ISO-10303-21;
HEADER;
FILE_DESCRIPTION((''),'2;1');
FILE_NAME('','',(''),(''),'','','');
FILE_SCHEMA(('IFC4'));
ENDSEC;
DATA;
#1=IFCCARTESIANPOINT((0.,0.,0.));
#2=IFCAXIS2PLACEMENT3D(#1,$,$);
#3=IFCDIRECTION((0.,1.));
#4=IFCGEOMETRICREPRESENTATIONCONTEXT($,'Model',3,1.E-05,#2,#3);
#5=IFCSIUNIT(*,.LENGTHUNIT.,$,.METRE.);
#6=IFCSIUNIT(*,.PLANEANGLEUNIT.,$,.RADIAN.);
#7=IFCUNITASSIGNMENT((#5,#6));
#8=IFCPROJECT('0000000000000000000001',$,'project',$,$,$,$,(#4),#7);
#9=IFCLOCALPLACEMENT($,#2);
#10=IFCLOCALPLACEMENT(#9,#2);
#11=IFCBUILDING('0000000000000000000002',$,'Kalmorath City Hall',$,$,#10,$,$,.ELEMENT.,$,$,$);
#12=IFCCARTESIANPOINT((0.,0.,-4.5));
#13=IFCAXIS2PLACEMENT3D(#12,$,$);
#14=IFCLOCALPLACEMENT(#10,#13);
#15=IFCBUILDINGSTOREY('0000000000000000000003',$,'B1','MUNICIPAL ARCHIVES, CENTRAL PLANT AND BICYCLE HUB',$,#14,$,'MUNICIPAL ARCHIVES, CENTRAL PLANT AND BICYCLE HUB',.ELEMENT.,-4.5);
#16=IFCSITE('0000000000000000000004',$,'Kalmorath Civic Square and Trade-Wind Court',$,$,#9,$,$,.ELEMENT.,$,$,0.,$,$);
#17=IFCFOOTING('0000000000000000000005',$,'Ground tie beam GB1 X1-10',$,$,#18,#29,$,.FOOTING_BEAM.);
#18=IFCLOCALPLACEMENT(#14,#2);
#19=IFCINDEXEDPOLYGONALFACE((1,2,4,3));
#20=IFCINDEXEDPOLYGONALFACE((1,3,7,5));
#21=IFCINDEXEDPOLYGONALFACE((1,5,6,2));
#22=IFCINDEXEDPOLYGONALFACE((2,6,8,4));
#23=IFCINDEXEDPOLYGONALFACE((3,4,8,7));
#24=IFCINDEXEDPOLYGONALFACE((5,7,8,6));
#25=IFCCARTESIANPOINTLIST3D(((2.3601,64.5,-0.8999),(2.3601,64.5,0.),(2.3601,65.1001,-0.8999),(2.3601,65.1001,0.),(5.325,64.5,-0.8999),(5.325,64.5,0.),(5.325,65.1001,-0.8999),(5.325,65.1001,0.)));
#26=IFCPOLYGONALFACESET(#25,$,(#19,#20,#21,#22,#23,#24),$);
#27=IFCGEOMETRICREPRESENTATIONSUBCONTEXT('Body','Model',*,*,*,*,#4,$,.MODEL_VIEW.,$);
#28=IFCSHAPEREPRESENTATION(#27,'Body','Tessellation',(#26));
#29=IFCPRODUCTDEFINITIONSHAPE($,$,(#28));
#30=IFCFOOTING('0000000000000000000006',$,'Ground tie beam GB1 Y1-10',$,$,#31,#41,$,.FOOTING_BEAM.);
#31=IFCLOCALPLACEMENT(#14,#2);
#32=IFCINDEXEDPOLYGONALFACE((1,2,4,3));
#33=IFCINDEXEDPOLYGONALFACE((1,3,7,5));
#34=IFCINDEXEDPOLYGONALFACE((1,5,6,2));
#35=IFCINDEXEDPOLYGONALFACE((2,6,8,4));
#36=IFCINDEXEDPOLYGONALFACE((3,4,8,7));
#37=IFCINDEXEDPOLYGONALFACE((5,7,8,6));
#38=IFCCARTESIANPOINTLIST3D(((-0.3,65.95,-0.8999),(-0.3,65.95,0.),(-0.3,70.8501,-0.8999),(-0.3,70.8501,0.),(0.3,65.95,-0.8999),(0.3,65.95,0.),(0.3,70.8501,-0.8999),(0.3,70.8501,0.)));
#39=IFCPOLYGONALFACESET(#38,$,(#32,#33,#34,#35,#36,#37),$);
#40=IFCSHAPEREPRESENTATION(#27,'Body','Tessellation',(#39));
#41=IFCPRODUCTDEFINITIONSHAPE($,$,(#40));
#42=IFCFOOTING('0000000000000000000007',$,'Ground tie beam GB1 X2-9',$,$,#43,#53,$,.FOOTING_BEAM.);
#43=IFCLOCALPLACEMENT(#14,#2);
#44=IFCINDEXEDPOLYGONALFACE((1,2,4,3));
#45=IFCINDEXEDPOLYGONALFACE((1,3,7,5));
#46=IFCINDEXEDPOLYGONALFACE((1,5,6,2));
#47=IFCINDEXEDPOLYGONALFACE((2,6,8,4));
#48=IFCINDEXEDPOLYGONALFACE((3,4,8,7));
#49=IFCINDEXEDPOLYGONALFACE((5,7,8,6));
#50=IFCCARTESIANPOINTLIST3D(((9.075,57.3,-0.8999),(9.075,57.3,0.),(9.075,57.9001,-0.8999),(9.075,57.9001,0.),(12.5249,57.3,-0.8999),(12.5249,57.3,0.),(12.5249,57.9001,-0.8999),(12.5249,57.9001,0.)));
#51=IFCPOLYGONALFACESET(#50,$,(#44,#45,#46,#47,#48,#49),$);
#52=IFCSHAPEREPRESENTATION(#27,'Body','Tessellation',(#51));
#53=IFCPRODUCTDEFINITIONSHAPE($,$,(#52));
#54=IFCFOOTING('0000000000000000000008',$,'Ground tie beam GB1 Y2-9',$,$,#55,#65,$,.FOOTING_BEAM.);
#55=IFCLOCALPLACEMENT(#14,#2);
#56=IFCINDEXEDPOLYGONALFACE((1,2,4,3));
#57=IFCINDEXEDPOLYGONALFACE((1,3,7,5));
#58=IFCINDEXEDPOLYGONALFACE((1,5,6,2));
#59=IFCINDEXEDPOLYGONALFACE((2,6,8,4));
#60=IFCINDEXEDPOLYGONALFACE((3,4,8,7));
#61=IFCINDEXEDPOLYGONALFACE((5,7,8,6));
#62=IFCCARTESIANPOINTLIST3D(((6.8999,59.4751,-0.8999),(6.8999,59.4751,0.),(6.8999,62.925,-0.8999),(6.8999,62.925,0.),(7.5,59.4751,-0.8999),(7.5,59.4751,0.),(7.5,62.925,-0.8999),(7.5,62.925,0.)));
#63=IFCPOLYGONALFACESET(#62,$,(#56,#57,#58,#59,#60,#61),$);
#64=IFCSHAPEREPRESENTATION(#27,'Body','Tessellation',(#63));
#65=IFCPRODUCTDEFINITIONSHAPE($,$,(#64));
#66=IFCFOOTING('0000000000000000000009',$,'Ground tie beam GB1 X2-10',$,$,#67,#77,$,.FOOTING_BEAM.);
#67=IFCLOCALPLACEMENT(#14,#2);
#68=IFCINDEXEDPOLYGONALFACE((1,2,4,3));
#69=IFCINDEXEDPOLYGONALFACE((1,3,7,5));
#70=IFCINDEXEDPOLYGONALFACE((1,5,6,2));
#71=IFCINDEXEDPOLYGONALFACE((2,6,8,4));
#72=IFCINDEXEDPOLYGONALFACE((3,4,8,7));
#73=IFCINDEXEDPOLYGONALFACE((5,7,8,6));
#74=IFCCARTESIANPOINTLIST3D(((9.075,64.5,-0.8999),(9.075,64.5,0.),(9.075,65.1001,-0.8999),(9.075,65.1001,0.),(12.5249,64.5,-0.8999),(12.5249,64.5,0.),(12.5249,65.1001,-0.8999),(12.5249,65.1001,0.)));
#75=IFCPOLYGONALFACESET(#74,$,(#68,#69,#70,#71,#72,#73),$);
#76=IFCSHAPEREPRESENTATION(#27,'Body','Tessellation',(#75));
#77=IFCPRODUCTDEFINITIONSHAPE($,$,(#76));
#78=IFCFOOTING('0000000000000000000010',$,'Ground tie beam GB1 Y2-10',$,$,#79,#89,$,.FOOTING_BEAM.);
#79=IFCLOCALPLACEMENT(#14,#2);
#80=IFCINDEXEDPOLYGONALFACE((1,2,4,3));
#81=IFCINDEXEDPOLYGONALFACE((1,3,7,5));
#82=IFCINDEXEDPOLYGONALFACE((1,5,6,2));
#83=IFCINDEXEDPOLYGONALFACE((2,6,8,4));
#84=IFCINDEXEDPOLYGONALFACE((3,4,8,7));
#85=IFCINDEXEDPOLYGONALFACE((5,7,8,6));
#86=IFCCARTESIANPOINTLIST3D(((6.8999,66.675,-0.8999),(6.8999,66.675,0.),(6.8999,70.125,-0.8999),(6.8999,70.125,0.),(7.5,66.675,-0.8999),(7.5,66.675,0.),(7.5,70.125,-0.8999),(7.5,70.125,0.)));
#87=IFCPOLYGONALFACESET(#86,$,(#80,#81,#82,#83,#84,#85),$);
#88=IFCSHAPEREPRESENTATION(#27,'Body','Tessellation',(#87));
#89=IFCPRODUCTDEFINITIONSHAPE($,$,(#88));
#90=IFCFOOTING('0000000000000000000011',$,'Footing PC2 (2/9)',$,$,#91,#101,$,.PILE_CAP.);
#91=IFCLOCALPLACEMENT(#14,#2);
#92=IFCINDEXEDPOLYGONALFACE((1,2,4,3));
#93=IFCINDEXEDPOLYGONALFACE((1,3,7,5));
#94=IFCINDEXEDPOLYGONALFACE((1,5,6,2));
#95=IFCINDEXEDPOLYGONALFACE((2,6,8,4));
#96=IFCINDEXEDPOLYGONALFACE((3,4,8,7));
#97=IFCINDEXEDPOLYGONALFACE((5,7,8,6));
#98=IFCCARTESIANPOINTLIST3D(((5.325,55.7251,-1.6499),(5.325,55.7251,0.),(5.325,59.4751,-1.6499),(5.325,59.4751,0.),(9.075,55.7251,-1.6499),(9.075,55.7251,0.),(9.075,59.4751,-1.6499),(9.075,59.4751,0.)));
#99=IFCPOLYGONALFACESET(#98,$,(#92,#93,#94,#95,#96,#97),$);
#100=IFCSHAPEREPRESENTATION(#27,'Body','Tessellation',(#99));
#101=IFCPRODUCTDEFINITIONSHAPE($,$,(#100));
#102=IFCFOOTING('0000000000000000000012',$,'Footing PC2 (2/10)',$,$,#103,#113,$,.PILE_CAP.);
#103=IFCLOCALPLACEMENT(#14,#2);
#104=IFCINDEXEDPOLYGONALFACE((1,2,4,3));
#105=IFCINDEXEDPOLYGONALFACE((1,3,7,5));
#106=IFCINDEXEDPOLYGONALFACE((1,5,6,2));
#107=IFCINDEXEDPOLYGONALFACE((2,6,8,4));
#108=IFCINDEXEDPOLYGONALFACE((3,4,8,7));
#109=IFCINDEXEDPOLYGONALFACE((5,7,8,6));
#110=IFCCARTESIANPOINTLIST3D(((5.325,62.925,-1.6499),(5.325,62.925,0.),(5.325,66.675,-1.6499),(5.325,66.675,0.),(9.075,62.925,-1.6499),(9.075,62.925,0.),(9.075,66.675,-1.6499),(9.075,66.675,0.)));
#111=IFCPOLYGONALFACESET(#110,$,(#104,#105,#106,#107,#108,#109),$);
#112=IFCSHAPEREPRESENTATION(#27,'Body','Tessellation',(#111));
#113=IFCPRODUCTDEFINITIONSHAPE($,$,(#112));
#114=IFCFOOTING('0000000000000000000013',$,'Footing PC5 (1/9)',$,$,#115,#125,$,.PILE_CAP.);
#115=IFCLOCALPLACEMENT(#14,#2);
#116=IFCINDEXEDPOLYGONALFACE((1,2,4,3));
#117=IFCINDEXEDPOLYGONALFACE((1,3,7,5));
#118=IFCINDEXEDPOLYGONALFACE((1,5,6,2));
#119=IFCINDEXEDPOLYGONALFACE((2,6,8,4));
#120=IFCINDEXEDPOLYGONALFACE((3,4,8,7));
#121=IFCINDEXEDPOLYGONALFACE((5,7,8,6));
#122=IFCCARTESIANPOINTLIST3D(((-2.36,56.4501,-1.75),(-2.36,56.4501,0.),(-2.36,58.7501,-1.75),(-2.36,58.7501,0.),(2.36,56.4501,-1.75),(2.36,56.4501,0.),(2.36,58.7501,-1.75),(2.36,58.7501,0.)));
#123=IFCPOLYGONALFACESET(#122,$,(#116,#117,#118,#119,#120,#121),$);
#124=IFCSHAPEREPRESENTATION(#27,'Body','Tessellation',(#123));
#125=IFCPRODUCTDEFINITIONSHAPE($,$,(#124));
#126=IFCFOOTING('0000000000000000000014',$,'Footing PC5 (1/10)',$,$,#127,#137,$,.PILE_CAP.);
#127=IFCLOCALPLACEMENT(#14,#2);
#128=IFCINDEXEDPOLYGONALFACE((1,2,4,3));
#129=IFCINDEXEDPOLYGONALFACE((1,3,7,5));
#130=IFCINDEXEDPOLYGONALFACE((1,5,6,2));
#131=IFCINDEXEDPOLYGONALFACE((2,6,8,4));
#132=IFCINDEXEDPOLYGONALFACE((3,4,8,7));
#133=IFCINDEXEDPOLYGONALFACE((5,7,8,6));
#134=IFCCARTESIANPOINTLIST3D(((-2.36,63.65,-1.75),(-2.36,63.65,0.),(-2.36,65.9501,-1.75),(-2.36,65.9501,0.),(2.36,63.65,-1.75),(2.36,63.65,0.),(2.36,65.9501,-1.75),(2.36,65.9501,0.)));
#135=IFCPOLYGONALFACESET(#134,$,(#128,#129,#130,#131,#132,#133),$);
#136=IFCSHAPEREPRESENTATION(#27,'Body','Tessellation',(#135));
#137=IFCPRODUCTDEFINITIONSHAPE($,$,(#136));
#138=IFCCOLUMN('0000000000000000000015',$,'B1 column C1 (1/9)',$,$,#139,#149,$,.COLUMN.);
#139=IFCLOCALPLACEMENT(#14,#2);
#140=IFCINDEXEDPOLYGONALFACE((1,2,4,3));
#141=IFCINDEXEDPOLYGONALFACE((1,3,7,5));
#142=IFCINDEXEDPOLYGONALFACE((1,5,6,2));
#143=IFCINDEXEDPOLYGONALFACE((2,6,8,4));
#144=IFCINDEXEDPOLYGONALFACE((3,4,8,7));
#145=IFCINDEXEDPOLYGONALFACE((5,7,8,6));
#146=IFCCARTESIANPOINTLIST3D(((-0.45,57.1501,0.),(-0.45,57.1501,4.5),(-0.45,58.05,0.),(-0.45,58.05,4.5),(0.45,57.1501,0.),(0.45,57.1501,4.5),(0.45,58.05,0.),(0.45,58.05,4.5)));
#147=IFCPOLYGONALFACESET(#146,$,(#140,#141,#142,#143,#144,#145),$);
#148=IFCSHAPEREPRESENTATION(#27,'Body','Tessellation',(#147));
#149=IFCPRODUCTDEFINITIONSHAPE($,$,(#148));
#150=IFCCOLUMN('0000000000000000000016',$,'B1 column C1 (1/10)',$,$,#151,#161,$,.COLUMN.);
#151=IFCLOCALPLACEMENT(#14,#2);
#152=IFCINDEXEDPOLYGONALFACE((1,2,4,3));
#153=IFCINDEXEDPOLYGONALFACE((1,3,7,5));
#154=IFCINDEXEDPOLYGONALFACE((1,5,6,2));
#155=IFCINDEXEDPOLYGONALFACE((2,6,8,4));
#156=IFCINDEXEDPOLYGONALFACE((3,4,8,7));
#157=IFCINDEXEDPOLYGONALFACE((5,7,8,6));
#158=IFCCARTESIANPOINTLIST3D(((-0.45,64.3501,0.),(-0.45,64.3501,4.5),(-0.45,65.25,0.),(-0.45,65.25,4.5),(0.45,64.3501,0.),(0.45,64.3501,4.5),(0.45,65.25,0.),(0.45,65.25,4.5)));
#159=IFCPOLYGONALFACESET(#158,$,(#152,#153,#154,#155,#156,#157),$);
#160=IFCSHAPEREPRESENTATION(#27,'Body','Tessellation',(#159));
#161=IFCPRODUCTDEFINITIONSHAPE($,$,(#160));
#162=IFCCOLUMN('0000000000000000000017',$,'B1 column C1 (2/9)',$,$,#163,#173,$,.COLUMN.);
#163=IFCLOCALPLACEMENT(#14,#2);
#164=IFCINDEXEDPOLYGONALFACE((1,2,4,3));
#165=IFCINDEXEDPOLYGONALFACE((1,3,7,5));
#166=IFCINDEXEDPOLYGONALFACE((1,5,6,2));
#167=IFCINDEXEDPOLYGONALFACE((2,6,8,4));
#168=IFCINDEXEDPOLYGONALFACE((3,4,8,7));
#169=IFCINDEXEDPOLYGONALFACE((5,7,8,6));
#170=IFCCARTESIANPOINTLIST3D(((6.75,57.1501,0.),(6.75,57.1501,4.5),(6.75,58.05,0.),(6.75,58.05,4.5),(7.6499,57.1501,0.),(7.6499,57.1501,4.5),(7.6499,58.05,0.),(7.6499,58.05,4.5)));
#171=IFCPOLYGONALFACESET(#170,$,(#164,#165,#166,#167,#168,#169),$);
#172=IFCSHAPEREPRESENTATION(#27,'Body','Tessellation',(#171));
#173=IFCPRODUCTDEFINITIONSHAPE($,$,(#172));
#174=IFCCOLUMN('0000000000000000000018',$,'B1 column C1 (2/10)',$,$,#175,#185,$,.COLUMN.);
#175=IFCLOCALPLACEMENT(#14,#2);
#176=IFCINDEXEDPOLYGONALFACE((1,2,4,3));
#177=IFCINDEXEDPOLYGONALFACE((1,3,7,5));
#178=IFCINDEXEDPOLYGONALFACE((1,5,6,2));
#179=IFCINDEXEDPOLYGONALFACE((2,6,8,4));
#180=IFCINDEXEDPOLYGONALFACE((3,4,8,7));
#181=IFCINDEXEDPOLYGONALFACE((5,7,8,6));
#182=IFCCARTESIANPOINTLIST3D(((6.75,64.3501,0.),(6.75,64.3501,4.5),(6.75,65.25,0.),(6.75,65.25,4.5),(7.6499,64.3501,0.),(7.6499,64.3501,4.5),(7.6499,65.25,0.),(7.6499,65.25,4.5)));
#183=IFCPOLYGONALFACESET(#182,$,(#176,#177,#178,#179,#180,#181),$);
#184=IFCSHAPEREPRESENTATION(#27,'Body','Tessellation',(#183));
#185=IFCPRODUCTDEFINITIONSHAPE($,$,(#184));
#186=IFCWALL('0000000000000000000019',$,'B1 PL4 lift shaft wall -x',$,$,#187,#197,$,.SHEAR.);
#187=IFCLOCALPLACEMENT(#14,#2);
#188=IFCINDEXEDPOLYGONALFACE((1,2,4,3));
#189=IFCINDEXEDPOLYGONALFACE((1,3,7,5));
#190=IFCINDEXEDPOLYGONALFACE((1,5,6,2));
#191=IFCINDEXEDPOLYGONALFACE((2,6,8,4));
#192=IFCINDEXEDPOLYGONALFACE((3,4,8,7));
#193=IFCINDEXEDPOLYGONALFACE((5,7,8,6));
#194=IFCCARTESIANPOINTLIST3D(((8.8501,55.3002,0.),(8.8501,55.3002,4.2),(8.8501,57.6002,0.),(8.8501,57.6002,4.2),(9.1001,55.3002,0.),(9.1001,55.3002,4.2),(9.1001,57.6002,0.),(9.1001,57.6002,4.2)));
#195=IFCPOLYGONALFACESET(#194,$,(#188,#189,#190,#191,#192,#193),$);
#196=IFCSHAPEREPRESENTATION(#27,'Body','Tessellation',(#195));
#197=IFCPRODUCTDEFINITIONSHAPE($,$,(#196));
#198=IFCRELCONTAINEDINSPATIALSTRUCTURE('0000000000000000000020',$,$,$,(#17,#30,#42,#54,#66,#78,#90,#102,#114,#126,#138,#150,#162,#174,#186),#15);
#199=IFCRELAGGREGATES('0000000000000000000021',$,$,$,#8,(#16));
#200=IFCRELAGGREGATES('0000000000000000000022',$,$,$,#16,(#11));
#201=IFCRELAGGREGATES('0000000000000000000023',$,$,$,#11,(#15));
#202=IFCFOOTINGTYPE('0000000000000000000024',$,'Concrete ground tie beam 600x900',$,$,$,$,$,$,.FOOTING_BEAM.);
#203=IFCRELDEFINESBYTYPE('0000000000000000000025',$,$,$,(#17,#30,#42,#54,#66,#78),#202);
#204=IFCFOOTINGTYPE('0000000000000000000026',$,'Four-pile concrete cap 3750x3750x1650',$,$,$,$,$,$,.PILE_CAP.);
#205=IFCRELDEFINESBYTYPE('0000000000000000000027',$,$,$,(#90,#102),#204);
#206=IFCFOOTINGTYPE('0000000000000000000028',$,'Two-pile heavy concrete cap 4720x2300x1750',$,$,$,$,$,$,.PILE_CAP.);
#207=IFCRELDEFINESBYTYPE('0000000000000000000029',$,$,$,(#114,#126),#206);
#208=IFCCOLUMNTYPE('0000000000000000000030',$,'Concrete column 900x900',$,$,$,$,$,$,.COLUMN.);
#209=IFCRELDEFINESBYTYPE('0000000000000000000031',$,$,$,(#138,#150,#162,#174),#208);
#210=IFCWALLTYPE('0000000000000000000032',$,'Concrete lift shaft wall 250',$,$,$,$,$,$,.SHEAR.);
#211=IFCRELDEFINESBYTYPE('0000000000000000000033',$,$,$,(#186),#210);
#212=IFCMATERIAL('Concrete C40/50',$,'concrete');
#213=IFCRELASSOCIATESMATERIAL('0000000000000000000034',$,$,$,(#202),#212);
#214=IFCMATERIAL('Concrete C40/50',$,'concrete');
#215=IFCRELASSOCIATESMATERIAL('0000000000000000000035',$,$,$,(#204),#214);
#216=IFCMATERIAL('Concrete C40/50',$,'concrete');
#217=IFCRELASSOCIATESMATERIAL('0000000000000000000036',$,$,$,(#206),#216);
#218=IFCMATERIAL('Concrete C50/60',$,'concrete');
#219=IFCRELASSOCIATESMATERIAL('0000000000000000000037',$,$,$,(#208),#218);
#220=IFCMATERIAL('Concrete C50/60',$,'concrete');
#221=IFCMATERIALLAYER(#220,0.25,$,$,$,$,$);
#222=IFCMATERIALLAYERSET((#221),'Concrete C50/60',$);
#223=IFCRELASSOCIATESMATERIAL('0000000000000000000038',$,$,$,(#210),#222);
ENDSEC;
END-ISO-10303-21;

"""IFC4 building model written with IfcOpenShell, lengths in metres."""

from ifc_helpers import new_model, si_unit, direction, frame, frame_2d, origin, origin_2d, place, context, subcontext, project, spatial, rectangle, extrude, material, layer, layer_set, material_profile, profile_set, type_object, element, save


model = new_model("IFC4")

# Units and contexts
model_context = context("Model", 3, precision=1e-05, world=origin(), true_north=direction((0.0, 1.0)))
body_context = subcontext(model_context, "Body", "Model", "MODEL_VIEW")
ifc_project = project(units=[si_unit("LENGTHUNIT", "METRE"), si_unit("PLANEANGLEUNIT", "RADIAN")], contexts=[model_context])

# Site, building, storey
site_placement = place(None, origin())
site = spatial("IfcSite", under=ifc_project, at=site_placement, Name="Kalmorath Civic Square and Trade-Wind Court", CompositionType="ELEMENT", RefElevation=0.0)
building_placement = place(site_placement, origin())
building = spatial("IfcBuilding", under=site, at=building_placement, Name="Kalmorath City Hall", CompositionType="ELEMENT")
storey_placement = place(building_placement, frame((0.0, 0.0, -4.5)))
storey = spatial("IfcBuildingStorey", under=building, at=storey_placement, Name="B1", Description="MUNICIPAL ARCHIVES, CENTRAL PLANT AND BICYCLE HUB", LongName="MUNICIPAL ARCHIVES, CENTRAL PLANT AND BICYCLE HUB", CompositionType="ELEMENT", Elevation=-4.5)

# Footings
ifc_material_1 = material(Name="Concrete C40/50", Category="concrete")
ifc_material_profile_1 = material_profile(ifc_material_1, rectangle(XDim=0.6001, YDim=0.8999, at=origin_2d()), Name="RC-BM-600X900")
ifc_profile_set_1 = profile_set([ifc_material_profile_1], Name="Concrete C40/50")
footing_type_1 = type_object("IfcFootingType", Name="Concrete ground tie beam 600x900", PredefinedType="FOOTING_BEAM", material=ifc_profile_set_1)
footing_1_placement = place(storey_placement, frame((2.3601, 64.8, -0.45), z_axis=(1.0, 0.0, 0.0), x_axis=(0.0, 1.0, 0.0)))
element("IfcFooting", 1, at=footing_1_placement, inside=storey, type_object=footing_type_1, Name="Ground tie beam GB1 X1-10", PredefinedType="FOOTING_BEAM", context=body_context, shape_type="SweptSolid", body=[
    extrude(rectangle(XDim=0.6001, YDim=0.8999, at=origin_2d()), origin(), (0.0, 0.0, 1.0), 2.9648),
])
footing_2_placement = place(storey_placement, frame((0.0, 65.95, -0.45), z_axis=(0.0, 1.0, 0.0), x_axis=(-1.0, 0.0, 0.0)))
element("IfcFooting", 2, at=footing_2_placement, inside=storey, type_object=footing_type_1, Name="Ground tie beam GB1 Y1-10", PredefinedType="FOOTING_BEAM", context=body_context, shape_type="SweptSolid", body=[
    extrude(rectangle(XDim=0.6001, YDim=0.8999, at=origin_2d()), origin(), (0.0, 0.0, 1.0), 4.9001),
])
for number, where, z_axis, x_axis, name in (
    (3, (9.075, 57.6001, -0.45), (1.0, 0.0, 0.0), (0.0, 1.0, 0.0), "Ground tie beam GB1 X2-9"),
    (4, (7.2, 59.4751, -0.45), (0.0, 1.0, 0.0), (-1.0, 0.0, 0.0), "Ground tie beam GB1 Y2-9"),
    (5, (9.075, 64.8, -0.45), (1.0, 0.0, 0.0), (0.0, 1.0, 0.0), "Ground tie beam GB1 X2-10"),
    (6, (7.2, 66.675, -0.45), (0.0, 1.0, 0.0), (-1.0, 0.0, 0.0), "Ground tie beam GB1 Y2-10"),
):
    element("IfcFooting", number, at=place(storey_placement, frame(where, z_axis=z_axis, x_axis=x_axis)), inside=storey, type_object=footing_type_1, Name=name, PredefinedType="FOOTING_BEAM", context=body_context, shape_type="SweptSolid", body=[
        extrude(rectangle(XDim=0.6001, YDim=0.8999, at=origin_2d()), origin(), (0.0, 0.0, 1.0), 3.45),
    ])
ifc_material_2 = material(Name="Concrete C40/50", Category="concrete")
footing_type_2 = type_object("IfcFootingType", Name="Four-pile concrete cap 3750x3750x1650", PredefinedType="PILE_CAP", material=ifc_material_2)
for number, where, z_axis, x_axis, name in (
    (7, (7.2, 57.6001, -1.6499), (0.0, 0.0, 1.0), (1.0, 0.0, 0.0), "Footing PC2 (2/9)"),
    (8, (7.2, 64.8, -1.6499), (0.0, 0.0, 1.0), (1.0, 0.0, 0.0), "Footing PC2 (2/10)"),
):
    element("IfcFooting", number, at=place(storey_placement, frame(where, z_axis=z_axis, x_axis=x_axis)), inside=storey, type_object=footing_type_2, Name=name, PredefinedType="PILE_CAP", context=body_context, shape_type="SweptSolid", body=[
        extrude(rectangle(XDim=3.75, YDim=3.75, at=origin_2d()), origin(), (0.0, 0.0, 1.0), 1.6499),
    ])
ifc_material_3 = material(Name="Concrete C40/50", Category="concrete")
footing_type_3 = type_object("IfcFootingType", Name="Two-pile heavy concrete cap 4720x2300x1750", PredefinedType="PILE_CAP", material=ifc_material_3)
for number, where, z_axis, x_axis, name in (
    (9, (0.0, 57.6001, -1.75), (0.0, 0.0, 1.0), (1.0, 0.0, 0.0), "Footing PC5 (1/9)"),
    (10, (0.0, 64.8, -1.75), (0.0, 0.0, 1.0), (1.0, 0.0, 0.0), "Footing PC5 (1/10)"),
):
    element("IfcFooting", number, at=place(storey_placement, frame(where, z_axis=z_axis, x_axis=x_axis)), inside=storey, type_object=footing_type_3, Name=name, PredefinedType="PILE_CAP", context=body_context, shape_type="SweptSolid", body=[
        extrude(rectangle(XDim=4.72, YDim=2.3, at=origin_2d()), origin(), (0.0, 0.0, 1.0), 1.75),
    ])

# Columns
ifc_material_4 = material(Name="Concrete C50/60", Category="concrete")
ifc_material_profile_2 = material_profile(ifc_material_4, rectangle(XDim=0.8999, YDim=0.8999, at=origin_2d()), Name="RC-COL-900X900")
ifc_profile_set_2 = profile_set([ifc_material_profile_2], Name="Concrete C50/60")
column_type = type_object("IfcColumnType", Name="Concrete column 900x900", PredefinedType="COLUMN", material=ifc_profile_set_2)
for number, where, z_axis, x_axis, name in (
    (11, (0.0, 57.6001, 0.0), (0.0, 0.0, 1.0), (1.0, 0.0, 0.0), "B1 column C1 (1/9)"),
    (12, (0.0, 64.8, 0.0), (0.0, 0.0, 1.0), (1.0, 0.0, 0.0), "B1 column C1 (1/10)"),
    (13, (7.2, 57.6001, 0.0), (0.0, 0.0, 1.0), (1.0, 0.0, 0.0), "B1 column C1 (2/9)"),
    (14, (7.2, 64.8, 0.0), (0.0, 0.0, 1.0), (1.0, 0.0, 0.0), "B1 column C1 (2/10)"),
):
    element("IfcColumn", number, at=place(storey_placement, frame(where, z_axis=z_axis, x_axis=x_axis)), inside=storey, type_object=column_type, Name=name, PredefinedType="COLUMN", context=body_context, shape_type="SweptSolid", body=[
        extrude(rectangle(XDim=0.8999, YDim=0.8999, at=origin_2d()), origin(), (0.0, 0.0, 1.0), 4.5),
    ])

# Wall
ifc_material_5 = material(Name="Concrete C50/60", Category="concrete")
ifc_layer_1 = layer(ifc_material_5, 0.25)
ifc_layer_set_1 = layer_set([ifc_layer_1], Name="Concrete C50/60")
wall_type_1 = type_object("IfcWallType", Name="Concrete lift shaft wall 250", PredefinedType="SHEAR", material=ifc_layer_set_1)
wall_1_placement = place(storey_placement, frame((8.9751, 57.6001, 0.0), z_axis=(0.0, 0.0, 1.0), x_axis=(0.0, -1.0, 0.0)))
element("IfcWall", 15, at=wall_1_placement, inside=storey, type_object=wall_type_1, Name="B1 PL4 lift shaft wall -x", PredefinedType="SHEAR", context=body_context, shape_type="SweptSolid", body=[
    extrude(rectangle(XDim=2.3, YDim=0.25, at=frame_2d((1.1499, 0.0))), origin(), (0.0, 0.0, 1.0), 4.2),
])

save(model, "model.ifc")
